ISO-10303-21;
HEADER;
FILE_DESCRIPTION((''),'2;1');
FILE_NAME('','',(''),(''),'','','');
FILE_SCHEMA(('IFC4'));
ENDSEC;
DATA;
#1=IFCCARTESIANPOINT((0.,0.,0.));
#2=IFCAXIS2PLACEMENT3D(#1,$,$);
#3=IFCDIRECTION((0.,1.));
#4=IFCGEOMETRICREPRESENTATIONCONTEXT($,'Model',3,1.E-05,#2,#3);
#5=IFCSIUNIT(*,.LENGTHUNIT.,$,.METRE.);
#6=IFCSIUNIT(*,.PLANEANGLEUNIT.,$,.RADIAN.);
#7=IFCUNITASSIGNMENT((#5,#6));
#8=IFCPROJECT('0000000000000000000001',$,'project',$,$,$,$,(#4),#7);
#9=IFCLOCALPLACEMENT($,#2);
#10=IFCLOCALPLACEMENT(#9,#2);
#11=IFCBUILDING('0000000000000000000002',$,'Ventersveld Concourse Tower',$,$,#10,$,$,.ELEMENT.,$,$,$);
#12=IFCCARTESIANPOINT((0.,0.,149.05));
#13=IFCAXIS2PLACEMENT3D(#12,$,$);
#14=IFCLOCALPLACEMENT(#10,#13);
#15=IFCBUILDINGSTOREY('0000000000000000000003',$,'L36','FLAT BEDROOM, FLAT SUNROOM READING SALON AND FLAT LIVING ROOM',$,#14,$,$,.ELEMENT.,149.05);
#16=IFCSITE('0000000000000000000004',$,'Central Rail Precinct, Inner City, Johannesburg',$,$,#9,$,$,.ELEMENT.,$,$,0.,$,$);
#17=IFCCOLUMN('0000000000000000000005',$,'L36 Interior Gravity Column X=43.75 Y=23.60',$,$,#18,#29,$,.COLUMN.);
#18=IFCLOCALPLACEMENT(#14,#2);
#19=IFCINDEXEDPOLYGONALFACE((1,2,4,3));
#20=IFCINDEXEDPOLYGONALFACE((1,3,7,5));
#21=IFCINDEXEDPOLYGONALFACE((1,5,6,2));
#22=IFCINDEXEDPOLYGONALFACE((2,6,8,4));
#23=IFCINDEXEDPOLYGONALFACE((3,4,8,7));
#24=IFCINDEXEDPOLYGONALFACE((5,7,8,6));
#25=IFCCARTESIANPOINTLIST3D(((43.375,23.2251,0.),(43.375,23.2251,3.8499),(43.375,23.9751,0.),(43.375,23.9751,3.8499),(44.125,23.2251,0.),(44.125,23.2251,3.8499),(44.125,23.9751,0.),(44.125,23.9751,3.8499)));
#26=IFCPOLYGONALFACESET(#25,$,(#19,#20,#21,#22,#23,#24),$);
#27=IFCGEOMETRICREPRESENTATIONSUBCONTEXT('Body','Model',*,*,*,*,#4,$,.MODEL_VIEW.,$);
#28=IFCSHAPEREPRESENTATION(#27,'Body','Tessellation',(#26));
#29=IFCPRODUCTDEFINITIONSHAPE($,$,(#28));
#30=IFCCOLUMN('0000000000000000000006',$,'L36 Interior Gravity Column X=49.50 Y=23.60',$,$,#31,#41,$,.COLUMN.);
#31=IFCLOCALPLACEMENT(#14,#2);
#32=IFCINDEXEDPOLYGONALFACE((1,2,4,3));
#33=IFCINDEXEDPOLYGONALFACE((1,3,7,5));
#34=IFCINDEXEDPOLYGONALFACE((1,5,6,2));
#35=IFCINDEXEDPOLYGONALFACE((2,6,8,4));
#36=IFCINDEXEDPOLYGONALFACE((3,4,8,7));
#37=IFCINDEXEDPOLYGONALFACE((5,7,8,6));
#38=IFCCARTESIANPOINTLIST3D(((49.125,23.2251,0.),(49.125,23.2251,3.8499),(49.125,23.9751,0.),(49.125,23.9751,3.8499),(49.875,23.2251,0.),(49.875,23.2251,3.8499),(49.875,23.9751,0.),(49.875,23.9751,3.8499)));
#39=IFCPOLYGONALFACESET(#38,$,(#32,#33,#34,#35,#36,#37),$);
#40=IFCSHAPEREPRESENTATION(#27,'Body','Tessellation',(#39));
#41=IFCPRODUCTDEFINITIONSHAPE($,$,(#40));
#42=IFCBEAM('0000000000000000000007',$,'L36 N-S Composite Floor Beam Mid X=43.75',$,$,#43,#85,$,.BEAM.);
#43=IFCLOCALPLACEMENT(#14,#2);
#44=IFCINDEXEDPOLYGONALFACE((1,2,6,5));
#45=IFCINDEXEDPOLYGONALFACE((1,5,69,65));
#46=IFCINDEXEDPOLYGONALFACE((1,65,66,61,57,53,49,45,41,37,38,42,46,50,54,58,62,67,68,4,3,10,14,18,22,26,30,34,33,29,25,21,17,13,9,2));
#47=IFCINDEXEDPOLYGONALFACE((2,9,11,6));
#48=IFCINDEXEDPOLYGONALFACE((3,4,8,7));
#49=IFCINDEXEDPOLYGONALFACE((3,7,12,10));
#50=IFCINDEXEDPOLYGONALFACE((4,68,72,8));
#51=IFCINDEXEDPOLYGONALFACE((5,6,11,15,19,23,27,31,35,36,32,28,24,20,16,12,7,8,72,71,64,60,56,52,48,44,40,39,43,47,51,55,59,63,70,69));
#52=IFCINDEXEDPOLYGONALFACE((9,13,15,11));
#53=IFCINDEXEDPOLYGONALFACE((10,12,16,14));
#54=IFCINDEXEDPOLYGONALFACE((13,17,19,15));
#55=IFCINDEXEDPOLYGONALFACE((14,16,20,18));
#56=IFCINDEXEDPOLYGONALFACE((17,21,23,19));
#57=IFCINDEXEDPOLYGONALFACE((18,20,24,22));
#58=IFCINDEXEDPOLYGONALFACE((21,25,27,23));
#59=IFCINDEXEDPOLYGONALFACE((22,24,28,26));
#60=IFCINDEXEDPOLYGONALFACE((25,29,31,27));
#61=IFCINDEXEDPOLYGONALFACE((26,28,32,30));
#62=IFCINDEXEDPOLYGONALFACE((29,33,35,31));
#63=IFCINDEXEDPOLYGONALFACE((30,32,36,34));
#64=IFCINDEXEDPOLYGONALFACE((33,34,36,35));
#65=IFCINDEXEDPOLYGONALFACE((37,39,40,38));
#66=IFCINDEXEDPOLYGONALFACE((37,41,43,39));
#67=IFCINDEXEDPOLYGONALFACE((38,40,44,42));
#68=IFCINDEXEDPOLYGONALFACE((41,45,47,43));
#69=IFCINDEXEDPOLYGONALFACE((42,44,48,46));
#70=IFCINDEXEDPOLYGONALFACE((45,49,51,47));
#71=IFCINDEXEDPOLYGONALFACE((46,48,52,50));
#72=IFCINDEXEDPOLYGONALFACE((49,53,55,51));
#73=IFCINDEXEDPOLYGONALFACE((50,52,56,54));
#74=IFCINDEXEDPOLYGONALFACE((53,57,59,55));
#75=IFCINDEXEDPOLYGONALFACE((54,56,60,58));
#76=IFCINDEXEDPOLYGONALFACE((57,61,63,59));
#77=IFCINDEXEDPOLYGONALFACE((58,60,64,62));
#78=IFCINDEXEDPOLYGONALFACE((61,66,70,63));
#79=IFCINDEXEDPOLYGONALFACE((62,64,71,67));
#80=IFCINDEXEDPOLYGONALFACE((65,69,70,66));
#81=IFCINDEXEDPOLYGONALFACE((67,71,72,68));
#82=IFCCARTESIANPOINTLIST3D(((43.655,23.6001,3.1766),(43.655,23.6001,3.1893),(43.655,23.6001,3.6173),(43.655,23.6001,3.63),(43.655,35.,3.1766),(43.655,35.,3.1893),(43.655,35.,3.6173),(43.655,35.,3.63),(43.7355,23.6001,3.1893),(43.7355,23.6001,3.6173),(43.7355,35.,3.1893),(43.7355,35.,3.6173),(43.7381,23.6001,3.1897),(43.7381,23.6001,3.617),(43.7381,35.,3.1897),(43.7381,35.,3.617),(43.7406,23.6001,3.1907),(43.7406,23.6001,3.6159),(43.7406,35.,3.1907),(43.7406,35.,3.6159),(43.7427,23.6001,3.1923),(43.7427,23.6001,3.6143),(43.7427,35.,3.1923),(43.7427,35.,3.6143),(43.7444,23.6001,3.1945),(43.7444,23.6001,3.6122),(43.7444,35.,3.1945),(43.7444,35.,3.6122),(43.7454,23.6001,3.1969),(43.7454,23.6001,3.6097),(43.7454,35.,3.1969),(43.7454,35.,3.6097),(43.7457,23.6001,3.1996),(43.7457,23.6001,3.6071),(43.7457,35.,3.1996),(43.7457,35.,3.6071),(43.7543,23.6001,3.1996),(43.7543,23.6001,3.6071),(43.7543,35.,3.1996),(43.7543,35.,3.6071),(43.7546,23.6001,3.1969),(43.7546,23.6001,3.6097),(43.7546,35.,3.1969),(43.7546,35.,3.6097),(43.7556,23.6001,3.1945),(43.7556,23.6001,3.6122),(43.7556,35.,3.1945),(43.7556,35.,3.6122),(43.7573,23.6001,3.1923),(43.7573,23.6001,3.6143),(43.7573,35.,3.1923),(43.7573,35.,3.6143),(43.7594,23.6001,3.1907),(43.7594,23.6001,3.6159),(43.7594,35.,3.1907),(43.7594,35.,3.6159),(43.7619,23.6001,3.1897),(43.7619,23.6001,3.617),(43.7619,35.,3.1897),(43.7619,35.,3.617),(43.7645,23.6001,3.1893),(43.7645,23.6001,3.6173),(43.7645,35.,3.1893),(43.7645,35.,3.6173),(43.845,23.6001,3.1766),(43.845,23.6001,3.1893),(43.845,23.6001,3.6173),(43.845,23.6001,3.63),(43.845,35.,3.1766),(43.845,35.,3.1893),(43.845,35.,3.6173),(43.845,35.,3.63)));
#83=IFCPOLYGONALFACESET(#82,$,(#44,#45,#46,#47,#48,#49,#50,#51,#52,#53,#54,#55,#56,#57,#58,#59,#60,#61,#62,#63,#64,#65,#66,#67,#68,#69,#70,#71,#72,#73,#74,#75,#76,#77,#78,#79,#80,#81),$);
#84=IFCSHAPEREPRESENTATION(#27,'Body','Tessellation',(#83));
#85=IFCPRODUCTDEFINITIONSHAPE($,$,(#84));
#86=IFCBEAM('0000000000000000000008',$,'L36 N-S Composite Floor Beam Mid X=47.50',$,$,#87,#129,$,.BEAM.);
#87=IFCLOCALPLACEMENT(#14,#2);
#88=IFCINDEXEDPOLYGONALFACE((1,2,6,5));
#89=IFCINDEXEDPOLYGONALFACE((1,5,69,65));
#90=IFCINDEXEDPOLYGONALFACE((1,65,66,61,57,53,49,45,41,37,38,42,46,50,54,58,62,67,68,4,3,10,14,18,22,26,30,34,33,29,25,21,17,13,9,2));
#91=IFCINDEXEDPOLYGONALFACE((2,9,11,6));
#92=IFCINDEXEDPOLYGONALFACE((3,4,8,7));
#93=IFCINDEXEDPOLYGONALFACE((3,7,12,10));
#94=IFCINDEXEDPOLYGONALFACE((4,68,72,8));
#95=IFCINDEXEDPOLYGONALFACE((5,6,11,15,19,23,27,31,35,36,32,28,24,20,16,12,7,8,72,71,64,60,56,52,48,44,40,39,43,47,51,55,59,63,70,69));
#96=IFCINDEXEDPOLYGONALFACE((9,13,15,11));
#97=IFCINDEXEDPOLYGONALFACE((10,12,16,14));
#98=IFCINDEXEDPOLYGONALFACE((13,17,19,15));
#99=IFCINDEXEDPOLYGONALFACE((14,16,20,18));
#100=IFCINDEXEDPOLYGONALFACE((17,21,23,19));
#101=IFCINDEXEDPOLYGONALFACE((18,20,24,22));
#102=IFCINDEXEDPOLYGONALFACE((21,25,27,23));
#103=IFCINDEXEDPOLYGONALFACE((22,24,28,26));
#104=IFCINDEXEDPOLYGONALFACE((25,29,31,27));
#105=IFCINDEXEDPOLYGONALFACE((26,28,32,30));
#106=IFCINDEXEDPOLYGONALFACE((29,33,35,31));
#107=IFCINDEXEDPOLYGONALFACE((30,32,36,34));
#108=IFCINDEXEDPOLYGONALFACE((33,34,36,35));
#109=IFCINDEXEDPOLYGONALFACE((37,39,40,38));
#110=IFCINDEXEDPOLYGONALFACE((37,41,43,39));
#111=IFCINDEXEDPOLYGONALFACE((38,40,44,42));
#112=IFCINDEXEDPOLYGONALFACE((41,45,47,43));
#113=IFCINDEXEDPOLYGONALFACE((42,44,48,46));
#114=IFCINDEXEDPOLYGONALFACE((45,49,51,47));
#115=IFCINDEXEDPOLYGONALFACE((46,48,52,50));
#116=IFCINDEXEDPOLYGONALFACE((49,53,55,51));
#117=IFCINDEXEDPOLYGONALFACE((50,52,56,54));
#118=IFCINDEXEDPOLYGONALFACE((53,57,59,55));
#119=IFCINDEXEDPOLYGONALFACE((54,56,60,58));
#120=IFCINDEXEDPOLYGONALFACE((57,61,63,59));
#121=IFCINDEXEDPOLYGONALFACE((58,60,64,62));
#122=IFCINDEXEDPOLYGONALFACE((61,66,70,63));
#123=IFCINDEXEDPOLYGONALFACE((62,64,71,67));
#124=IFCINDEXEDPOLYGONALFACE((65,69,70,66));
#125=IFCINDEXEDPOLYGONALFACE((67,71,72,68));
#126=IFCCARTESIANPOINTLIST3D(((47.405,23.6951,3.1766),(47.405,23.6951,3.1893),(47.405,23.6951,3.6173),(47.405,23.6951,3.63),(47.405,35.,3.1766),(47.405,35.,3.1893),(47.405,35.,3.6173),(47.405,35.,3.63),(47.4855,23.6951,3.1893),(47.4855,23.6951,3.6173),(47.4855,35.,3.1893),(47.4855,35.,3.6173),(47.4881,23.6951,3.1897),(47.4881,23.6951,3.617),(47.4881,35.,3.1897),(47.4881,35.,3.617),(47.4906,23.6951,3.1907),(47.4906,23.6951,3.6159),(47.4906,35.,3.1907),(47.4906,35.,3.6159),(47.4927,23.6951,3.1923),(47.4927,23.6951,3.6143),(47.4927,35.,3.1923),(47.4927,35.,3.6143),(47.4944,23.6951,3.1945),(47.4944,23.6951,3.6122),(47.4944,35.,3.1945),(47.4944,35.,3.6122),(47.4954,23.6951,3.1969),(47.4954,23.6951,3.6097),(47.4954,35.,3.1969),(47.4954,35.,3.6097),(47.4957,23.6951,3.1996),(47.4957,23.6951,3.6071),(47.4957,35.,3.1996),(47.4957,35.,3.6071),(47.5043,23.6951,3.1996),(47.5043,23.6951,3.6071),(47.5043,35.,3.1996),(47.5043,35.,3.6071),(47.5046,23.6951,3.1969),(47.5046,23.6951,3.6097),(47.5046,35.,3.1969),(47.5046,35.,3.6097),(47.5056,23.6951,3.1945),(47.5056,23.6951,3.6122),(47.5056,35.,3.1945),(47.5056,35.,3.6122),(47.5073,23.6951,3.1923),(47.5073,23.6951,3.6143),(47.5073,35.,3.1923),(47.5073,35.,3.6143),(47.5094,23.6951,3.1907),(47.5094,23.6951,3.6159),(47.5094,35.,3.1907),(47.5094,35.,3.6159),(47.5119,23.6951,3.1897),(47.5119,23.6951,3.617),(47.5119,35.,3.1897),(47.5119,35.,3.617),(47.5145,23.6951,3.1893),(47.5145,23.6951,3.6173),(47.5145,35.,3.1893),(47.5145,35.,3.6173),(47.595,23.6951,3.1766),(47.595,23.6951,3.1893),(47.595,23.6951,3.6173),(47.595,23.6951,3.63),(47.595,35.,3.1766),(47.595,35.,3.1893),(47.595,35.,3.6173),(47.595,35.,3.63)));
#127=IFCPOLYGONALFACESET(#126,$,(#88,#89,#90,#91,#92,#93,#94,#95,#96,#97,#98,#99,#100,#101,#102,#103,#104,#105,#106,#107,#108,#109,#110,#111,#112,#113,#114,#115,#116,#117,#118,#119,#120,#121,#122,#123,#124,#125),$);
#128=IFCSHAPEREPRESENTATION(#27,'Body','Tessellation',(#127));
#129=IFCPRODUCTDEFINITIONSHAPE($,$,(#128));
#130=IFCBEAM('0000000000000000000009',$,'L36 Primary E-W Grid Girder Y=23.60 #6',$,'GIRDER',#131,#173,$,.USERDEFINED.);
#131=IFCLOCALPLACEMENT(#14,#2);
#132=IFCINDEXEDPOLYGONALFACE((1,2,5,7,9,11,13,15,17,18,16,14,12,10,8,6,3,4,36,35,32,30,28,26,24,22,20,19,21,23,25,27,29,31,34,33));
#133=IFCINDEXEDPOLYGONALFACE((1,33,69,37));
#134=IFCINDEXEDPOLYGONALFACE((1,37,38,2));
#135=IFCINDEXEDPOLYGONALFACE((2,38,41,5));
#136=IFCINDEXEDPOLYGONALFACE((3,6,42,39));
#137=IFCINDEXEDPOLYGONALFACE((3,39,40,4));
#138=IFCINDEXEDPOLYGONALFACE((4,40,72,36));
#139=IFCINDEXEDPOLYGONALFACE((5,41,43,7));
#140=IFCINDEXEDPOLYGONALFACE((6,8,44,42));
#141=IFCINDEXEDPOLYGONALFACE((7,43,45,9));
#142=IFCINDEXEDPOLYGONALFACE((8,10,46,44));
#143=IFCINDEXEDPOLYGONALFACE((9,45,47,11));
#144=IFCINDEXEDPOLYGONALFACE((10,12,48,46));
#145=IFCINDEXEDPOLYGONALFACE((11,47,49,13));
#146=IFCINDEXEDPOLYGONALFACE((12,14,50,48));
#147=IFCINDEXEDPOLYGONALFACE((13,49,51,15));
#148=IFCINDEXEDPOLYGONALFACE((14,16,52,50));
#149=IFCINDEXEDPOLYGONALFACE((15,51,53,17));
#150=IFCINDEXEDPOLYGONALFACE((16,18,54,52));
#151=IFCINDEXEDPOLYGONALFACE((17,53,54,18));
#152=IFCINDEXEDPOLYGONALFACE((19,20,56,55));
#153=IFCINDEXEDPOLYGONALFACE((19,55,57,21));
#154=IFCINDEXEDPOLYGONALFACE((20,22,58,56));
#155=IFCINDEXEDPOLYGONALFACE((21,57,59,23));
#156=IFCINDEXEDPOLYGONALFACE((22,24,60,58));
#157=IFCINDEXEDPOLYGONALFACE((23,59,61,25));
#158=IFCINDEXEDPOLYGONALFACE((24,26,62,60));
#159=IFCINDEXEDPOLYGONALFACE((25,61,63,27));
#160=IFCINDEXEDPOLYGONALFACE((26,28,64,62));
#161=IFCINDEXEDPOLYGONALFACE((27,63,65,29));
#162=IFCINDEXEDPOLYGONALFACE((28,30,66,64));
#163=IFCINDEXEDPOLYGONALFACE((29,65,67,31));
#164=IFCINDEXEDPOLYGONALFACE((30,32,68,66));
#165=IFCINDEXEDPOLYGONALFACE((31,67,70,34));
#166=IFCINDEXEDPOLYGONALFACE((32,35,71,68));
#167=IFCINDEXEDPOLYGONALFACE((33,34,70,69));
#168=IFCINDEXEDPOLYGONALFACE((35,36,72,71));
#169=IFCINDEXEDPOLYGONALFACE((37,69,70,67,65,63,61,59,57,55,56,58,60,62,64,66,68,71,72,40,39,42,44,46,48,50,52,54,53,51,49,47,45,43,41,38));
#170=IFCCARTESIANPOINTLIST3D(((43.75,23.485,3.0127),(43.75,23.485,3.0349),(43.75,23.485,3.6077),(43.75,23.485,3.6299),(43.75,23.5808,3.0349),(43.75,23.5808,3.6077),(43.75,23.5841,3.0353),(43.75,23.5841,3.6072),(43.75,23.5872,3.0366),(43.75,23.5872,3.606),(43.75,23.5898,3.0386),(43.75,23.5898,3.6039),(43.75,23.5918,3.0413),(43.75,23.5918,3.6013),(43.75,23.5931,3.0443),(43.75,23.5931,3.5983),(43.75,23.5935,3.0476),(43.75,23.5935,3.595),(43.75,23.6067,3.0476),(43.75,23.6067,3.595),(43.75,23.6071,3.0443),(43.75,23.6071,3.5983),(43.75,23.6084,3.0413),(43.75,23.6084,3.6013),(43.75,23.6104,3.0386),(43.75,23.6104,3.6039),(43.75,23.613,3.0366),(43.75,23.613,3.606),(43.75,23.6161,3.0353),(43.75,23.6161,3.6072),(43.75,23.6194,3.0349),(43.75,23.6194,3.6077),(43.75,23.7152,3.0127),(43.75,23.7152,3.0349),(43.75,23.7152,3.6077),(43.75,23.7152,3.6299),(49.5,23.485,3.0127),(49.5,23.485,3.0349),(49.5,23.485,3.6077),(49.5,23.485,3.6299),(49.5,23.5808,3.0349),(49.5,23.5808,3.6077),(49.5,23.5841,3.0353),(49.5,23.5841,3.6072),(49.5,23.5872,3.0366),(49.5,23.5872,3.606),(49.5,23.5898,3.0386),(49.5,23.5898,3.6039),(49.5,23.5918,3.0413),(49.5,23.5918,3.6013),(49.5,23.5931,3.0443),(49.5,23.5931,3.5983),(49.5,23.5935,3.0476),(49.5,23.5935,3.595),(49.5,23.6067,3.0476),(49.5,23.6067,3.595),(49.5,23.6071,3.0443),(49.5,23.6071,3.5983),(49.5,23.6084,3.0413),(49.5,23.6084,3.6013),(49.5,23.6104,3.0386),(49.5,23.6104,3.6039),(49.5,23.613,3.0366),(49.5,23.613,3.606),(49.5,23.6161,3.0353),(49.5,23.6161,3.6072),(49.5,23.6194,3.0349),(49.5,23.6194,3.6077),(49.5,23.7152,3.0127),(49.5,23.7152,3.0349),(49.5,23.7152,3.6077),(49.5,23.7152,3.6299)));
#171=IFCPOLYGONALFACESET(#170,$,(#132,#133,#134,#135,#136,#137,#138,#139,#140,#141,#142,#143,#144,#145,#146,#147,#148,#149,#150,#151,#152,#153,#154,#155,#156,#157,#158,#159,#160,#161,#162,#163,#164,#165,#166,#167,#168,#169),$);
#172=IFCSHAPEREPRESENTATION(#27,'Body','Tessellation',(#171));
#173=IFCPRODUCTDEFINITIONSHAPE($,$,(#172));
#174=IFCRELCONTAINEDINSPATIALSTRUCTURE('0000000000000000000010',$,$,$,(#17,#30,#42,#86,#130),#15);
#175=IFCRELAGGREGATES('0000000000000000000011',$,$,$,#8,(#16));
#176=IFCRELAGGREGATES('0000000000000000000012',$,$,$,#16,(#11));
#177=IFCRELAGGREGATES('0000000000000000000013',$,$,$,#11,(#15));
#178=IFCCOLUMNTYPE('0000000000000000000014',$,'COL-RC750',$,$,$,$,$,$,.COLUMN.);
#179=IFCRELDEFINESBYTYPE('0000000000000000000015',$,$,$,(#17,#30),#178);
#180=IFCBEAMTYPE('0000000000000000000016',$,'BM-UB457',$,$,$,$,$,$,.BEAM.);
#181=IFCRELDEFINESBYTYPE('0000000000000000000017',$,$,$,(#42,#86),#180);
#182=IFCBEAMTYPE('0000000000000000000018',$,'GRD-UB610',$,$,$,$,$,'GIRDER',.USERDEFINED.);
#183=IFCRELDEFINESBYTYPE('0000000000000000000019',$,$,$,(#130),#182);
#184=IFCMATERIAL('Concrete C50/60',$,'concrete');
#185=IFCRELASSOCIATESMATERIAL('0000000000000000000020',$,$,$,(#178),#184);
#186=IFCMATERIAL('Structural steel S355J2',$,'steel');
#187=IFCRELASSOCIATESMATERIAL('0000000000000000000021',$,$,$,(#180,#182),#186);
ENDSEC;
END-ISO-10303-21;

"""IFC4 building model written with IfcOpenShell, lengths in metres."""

from ifc_helpers import new_model, si_unit, direction, frame, origin, origin_2d, place, context, subcontext, project, spatial, rectangle, i_section, extrude, material, material_profile, profile_set, type_object, element, save


model = new_model("IFC4")

# Units and contexts
model_context = context("Model", 3, precision=1e-05, world=origin(), true_north=direction((0.0, 1.0)))
body_context = subcontext(model_context, "Body", "Model", "MODEL_VIEW")
ifc_project = project(units=[si_unit("LENGTHUNIT", "METRE"), si_unit("PLANEANGLEUNIT", "RADIAN")], contexts=[model_context])

# Site, building, storey
site_placement = place(None, origin())
site = spatial("IfcSite", under=ifc_project, at=site_placement, Name="Central Rail Precinct, Inner City, Johannesburg", CompositionType="ELEMENT", RefElevation=0.0)
building_placement = place(site_placement, origin())
building = spatial("IfcBuilding", under=site, at=building_placement, Name="Ventersveld Concourse Tower", CompositionType="ELEMENT")
storey_placement = place(building_placement, frame((0.0, 0.0, 149.05)))
storey = spatial("IfcBuildingStorey", under=building, at=storey_placement, Name="L36", Description="FLAT BEDROOM, FLAT SUNROOM READING SALON AND FLAT LIVING ROOM", CompositionType="ELEMENT", Elevation=149.05)

# Columns
ifc_material_1 = material(Name="Concrete C50/60", Category="concrete")
ifc_material_profile_1 = material_profile(ifc_material_1, rectangle(XDim=0.75, YDim=0.75, at=origin_2d()), Name="RC 750x750")
ifc_profile_set_1 = profile_set([ifc_material_profile_1], Name="Concrete C50/60")
column_type = type_object("IfcColumnType", Name="COL-RC750", PredefinedType="COLUMN", material=ifc_profile_set_1)
for number, where, z_axis, x_axis, name in (
    (1, (43.75, 23.6001, 0.0), (0.0, 0.0, 1.0), (1.0, 0.0, 0.0), "L36 Interior Gravity Column X=43.75 Y=23.60"),
    (2, (49.5, 23.6001, 0.0), (0.0, 0.0, 1.0), (1.0, 0.0, 0.0), "L36 Interior Gravity Column X=49.50 Y=23.60"),
):
    element("IfcColumn", number, at=place(storey_placement, frame(where, z_axis=z_axis, x_axis=x_axis)), inside=storey, type_object=column_type, Name=name, PredefinedType="COLUMN", context=body_context, shape_type="SweptSolid", body=[
        extrude(rectangle(XDim=0.75, YDim=0.75, at=origin_2d()), origin(), (0.0, 0.0, 1.0), 3.8499),
    ])

# Beams
ifc_material_2 = material(Name="Structural steel S355J2", Category="steel")
ifc_material_profile_2 = material_profile(ifc_material_2, i_section(OverallWidth=0.1899, OverallDepth=0.4534, WebThickness=0.0085, FlangeThickness=0.0127, FilletRadius=0.0103, at=origin_2d()), Name="UB 457x191x67")
ifc_profile_set_2 = profile_set([ifc_material_profile_2], Name="Structural steel S355J2")
beam_type_1 = type_object("IfcBeamType", Name="BM-UB457", PredefinedType="BEAM", material=ifc_profile_set_2)
beam_1_placement = place(storey_placement, frame((43.75, 23.6001, 3.4033), z_axis=(0.0, 1.0, 0.0), x_axis=(-1.0, 0.0, 0.0)))
element("IfcBeam", 3, at=beam_1_placement, inside=storey, type_object=beam_type_1, Name="L36 N-S Composite Floor Beam Mid X=43.75", PredefinedType="BEAM", context=body_context, shape_type="SweptSolid", body=[
    extrude(i_section(OverallWidth=0.1899, OverallDepth=0.4534, WebThickness=0.0085, FlangeThickness=0.0127, FilletRadius=0.0103, at=origin_2d()), origin(), (0.0, 0.0, 1.0), 11.3999),
])
beam_2_placement = place(storey_placement, frame((47.5, 23.6951, 3.4033), z_axis=(0.0, 1.0, 0.0), x_axis=(-1.0, 0.0, 0.0)))
element("IfcBeam", 4, at=beam_2_placement, inside=storey, type_object=beam_type_1, Name="L36 N-S Composite Floor Beam Mid X=47.50", PredefinedType="BEAM", context=body_context, shape_type="SweptSolid", body=[
    extrude(i_section(OverallWidth=0.1899, OverallDepth=0.4534, WebThickness=0.0085, FlangeThickness=0.0127, FilletRadius=0.0103, at=origin_2d()), origin(), (0.0, 0.0, 1.0), 11.3049),
])
ifc_material_profile_3 = material_profile(ifc_material_2, i_section(OverallWidth=0.2302, OverallDepth=0.6172, WebThickness=0.0132, FlangeThickness=0.0222, FilletRadius=0.0127, at=origin_2d()), Name="UB 610x229x140")
ifc_profile_set_3 = profile_set([ifc_material_profile_3], Name="Structural steel S355J2")
beam_type_2 = type_object("IfcBeamType", Name="GRD-UB610", ElementType="GIRDER", PredefinedType="USERDEFINED", material=ifc_profile_set_3)
beam_3_placement = place(storey_placement, frame((43.75, 23.6001, 3.3213), z_axis=(1.0, 0.0, 0.0), x_axis=(0.0, 1.0, 0.0)))
element("IfcBeam", 5, at=beam_3_placement, inside=storey, type_object=beam_type_2, Name="L36 Primary E-W Grid Girder Y=23.60 #6", ObjectType="GIRDER", PredefinedType="USERDEFINED", context=body_context, shape_type="SweptSolid", body=[
    extrude(i_section(OverallWidth=0.2302, OverallDepth=0.6172, WebThickness=0.0132, FlangeThickness=0.0222, FilletRadius=0.0127, at=origin_2d()), origin(), (0.0, 0.0, 1.0), 5.75),
])

save(model, "model.ifc")
